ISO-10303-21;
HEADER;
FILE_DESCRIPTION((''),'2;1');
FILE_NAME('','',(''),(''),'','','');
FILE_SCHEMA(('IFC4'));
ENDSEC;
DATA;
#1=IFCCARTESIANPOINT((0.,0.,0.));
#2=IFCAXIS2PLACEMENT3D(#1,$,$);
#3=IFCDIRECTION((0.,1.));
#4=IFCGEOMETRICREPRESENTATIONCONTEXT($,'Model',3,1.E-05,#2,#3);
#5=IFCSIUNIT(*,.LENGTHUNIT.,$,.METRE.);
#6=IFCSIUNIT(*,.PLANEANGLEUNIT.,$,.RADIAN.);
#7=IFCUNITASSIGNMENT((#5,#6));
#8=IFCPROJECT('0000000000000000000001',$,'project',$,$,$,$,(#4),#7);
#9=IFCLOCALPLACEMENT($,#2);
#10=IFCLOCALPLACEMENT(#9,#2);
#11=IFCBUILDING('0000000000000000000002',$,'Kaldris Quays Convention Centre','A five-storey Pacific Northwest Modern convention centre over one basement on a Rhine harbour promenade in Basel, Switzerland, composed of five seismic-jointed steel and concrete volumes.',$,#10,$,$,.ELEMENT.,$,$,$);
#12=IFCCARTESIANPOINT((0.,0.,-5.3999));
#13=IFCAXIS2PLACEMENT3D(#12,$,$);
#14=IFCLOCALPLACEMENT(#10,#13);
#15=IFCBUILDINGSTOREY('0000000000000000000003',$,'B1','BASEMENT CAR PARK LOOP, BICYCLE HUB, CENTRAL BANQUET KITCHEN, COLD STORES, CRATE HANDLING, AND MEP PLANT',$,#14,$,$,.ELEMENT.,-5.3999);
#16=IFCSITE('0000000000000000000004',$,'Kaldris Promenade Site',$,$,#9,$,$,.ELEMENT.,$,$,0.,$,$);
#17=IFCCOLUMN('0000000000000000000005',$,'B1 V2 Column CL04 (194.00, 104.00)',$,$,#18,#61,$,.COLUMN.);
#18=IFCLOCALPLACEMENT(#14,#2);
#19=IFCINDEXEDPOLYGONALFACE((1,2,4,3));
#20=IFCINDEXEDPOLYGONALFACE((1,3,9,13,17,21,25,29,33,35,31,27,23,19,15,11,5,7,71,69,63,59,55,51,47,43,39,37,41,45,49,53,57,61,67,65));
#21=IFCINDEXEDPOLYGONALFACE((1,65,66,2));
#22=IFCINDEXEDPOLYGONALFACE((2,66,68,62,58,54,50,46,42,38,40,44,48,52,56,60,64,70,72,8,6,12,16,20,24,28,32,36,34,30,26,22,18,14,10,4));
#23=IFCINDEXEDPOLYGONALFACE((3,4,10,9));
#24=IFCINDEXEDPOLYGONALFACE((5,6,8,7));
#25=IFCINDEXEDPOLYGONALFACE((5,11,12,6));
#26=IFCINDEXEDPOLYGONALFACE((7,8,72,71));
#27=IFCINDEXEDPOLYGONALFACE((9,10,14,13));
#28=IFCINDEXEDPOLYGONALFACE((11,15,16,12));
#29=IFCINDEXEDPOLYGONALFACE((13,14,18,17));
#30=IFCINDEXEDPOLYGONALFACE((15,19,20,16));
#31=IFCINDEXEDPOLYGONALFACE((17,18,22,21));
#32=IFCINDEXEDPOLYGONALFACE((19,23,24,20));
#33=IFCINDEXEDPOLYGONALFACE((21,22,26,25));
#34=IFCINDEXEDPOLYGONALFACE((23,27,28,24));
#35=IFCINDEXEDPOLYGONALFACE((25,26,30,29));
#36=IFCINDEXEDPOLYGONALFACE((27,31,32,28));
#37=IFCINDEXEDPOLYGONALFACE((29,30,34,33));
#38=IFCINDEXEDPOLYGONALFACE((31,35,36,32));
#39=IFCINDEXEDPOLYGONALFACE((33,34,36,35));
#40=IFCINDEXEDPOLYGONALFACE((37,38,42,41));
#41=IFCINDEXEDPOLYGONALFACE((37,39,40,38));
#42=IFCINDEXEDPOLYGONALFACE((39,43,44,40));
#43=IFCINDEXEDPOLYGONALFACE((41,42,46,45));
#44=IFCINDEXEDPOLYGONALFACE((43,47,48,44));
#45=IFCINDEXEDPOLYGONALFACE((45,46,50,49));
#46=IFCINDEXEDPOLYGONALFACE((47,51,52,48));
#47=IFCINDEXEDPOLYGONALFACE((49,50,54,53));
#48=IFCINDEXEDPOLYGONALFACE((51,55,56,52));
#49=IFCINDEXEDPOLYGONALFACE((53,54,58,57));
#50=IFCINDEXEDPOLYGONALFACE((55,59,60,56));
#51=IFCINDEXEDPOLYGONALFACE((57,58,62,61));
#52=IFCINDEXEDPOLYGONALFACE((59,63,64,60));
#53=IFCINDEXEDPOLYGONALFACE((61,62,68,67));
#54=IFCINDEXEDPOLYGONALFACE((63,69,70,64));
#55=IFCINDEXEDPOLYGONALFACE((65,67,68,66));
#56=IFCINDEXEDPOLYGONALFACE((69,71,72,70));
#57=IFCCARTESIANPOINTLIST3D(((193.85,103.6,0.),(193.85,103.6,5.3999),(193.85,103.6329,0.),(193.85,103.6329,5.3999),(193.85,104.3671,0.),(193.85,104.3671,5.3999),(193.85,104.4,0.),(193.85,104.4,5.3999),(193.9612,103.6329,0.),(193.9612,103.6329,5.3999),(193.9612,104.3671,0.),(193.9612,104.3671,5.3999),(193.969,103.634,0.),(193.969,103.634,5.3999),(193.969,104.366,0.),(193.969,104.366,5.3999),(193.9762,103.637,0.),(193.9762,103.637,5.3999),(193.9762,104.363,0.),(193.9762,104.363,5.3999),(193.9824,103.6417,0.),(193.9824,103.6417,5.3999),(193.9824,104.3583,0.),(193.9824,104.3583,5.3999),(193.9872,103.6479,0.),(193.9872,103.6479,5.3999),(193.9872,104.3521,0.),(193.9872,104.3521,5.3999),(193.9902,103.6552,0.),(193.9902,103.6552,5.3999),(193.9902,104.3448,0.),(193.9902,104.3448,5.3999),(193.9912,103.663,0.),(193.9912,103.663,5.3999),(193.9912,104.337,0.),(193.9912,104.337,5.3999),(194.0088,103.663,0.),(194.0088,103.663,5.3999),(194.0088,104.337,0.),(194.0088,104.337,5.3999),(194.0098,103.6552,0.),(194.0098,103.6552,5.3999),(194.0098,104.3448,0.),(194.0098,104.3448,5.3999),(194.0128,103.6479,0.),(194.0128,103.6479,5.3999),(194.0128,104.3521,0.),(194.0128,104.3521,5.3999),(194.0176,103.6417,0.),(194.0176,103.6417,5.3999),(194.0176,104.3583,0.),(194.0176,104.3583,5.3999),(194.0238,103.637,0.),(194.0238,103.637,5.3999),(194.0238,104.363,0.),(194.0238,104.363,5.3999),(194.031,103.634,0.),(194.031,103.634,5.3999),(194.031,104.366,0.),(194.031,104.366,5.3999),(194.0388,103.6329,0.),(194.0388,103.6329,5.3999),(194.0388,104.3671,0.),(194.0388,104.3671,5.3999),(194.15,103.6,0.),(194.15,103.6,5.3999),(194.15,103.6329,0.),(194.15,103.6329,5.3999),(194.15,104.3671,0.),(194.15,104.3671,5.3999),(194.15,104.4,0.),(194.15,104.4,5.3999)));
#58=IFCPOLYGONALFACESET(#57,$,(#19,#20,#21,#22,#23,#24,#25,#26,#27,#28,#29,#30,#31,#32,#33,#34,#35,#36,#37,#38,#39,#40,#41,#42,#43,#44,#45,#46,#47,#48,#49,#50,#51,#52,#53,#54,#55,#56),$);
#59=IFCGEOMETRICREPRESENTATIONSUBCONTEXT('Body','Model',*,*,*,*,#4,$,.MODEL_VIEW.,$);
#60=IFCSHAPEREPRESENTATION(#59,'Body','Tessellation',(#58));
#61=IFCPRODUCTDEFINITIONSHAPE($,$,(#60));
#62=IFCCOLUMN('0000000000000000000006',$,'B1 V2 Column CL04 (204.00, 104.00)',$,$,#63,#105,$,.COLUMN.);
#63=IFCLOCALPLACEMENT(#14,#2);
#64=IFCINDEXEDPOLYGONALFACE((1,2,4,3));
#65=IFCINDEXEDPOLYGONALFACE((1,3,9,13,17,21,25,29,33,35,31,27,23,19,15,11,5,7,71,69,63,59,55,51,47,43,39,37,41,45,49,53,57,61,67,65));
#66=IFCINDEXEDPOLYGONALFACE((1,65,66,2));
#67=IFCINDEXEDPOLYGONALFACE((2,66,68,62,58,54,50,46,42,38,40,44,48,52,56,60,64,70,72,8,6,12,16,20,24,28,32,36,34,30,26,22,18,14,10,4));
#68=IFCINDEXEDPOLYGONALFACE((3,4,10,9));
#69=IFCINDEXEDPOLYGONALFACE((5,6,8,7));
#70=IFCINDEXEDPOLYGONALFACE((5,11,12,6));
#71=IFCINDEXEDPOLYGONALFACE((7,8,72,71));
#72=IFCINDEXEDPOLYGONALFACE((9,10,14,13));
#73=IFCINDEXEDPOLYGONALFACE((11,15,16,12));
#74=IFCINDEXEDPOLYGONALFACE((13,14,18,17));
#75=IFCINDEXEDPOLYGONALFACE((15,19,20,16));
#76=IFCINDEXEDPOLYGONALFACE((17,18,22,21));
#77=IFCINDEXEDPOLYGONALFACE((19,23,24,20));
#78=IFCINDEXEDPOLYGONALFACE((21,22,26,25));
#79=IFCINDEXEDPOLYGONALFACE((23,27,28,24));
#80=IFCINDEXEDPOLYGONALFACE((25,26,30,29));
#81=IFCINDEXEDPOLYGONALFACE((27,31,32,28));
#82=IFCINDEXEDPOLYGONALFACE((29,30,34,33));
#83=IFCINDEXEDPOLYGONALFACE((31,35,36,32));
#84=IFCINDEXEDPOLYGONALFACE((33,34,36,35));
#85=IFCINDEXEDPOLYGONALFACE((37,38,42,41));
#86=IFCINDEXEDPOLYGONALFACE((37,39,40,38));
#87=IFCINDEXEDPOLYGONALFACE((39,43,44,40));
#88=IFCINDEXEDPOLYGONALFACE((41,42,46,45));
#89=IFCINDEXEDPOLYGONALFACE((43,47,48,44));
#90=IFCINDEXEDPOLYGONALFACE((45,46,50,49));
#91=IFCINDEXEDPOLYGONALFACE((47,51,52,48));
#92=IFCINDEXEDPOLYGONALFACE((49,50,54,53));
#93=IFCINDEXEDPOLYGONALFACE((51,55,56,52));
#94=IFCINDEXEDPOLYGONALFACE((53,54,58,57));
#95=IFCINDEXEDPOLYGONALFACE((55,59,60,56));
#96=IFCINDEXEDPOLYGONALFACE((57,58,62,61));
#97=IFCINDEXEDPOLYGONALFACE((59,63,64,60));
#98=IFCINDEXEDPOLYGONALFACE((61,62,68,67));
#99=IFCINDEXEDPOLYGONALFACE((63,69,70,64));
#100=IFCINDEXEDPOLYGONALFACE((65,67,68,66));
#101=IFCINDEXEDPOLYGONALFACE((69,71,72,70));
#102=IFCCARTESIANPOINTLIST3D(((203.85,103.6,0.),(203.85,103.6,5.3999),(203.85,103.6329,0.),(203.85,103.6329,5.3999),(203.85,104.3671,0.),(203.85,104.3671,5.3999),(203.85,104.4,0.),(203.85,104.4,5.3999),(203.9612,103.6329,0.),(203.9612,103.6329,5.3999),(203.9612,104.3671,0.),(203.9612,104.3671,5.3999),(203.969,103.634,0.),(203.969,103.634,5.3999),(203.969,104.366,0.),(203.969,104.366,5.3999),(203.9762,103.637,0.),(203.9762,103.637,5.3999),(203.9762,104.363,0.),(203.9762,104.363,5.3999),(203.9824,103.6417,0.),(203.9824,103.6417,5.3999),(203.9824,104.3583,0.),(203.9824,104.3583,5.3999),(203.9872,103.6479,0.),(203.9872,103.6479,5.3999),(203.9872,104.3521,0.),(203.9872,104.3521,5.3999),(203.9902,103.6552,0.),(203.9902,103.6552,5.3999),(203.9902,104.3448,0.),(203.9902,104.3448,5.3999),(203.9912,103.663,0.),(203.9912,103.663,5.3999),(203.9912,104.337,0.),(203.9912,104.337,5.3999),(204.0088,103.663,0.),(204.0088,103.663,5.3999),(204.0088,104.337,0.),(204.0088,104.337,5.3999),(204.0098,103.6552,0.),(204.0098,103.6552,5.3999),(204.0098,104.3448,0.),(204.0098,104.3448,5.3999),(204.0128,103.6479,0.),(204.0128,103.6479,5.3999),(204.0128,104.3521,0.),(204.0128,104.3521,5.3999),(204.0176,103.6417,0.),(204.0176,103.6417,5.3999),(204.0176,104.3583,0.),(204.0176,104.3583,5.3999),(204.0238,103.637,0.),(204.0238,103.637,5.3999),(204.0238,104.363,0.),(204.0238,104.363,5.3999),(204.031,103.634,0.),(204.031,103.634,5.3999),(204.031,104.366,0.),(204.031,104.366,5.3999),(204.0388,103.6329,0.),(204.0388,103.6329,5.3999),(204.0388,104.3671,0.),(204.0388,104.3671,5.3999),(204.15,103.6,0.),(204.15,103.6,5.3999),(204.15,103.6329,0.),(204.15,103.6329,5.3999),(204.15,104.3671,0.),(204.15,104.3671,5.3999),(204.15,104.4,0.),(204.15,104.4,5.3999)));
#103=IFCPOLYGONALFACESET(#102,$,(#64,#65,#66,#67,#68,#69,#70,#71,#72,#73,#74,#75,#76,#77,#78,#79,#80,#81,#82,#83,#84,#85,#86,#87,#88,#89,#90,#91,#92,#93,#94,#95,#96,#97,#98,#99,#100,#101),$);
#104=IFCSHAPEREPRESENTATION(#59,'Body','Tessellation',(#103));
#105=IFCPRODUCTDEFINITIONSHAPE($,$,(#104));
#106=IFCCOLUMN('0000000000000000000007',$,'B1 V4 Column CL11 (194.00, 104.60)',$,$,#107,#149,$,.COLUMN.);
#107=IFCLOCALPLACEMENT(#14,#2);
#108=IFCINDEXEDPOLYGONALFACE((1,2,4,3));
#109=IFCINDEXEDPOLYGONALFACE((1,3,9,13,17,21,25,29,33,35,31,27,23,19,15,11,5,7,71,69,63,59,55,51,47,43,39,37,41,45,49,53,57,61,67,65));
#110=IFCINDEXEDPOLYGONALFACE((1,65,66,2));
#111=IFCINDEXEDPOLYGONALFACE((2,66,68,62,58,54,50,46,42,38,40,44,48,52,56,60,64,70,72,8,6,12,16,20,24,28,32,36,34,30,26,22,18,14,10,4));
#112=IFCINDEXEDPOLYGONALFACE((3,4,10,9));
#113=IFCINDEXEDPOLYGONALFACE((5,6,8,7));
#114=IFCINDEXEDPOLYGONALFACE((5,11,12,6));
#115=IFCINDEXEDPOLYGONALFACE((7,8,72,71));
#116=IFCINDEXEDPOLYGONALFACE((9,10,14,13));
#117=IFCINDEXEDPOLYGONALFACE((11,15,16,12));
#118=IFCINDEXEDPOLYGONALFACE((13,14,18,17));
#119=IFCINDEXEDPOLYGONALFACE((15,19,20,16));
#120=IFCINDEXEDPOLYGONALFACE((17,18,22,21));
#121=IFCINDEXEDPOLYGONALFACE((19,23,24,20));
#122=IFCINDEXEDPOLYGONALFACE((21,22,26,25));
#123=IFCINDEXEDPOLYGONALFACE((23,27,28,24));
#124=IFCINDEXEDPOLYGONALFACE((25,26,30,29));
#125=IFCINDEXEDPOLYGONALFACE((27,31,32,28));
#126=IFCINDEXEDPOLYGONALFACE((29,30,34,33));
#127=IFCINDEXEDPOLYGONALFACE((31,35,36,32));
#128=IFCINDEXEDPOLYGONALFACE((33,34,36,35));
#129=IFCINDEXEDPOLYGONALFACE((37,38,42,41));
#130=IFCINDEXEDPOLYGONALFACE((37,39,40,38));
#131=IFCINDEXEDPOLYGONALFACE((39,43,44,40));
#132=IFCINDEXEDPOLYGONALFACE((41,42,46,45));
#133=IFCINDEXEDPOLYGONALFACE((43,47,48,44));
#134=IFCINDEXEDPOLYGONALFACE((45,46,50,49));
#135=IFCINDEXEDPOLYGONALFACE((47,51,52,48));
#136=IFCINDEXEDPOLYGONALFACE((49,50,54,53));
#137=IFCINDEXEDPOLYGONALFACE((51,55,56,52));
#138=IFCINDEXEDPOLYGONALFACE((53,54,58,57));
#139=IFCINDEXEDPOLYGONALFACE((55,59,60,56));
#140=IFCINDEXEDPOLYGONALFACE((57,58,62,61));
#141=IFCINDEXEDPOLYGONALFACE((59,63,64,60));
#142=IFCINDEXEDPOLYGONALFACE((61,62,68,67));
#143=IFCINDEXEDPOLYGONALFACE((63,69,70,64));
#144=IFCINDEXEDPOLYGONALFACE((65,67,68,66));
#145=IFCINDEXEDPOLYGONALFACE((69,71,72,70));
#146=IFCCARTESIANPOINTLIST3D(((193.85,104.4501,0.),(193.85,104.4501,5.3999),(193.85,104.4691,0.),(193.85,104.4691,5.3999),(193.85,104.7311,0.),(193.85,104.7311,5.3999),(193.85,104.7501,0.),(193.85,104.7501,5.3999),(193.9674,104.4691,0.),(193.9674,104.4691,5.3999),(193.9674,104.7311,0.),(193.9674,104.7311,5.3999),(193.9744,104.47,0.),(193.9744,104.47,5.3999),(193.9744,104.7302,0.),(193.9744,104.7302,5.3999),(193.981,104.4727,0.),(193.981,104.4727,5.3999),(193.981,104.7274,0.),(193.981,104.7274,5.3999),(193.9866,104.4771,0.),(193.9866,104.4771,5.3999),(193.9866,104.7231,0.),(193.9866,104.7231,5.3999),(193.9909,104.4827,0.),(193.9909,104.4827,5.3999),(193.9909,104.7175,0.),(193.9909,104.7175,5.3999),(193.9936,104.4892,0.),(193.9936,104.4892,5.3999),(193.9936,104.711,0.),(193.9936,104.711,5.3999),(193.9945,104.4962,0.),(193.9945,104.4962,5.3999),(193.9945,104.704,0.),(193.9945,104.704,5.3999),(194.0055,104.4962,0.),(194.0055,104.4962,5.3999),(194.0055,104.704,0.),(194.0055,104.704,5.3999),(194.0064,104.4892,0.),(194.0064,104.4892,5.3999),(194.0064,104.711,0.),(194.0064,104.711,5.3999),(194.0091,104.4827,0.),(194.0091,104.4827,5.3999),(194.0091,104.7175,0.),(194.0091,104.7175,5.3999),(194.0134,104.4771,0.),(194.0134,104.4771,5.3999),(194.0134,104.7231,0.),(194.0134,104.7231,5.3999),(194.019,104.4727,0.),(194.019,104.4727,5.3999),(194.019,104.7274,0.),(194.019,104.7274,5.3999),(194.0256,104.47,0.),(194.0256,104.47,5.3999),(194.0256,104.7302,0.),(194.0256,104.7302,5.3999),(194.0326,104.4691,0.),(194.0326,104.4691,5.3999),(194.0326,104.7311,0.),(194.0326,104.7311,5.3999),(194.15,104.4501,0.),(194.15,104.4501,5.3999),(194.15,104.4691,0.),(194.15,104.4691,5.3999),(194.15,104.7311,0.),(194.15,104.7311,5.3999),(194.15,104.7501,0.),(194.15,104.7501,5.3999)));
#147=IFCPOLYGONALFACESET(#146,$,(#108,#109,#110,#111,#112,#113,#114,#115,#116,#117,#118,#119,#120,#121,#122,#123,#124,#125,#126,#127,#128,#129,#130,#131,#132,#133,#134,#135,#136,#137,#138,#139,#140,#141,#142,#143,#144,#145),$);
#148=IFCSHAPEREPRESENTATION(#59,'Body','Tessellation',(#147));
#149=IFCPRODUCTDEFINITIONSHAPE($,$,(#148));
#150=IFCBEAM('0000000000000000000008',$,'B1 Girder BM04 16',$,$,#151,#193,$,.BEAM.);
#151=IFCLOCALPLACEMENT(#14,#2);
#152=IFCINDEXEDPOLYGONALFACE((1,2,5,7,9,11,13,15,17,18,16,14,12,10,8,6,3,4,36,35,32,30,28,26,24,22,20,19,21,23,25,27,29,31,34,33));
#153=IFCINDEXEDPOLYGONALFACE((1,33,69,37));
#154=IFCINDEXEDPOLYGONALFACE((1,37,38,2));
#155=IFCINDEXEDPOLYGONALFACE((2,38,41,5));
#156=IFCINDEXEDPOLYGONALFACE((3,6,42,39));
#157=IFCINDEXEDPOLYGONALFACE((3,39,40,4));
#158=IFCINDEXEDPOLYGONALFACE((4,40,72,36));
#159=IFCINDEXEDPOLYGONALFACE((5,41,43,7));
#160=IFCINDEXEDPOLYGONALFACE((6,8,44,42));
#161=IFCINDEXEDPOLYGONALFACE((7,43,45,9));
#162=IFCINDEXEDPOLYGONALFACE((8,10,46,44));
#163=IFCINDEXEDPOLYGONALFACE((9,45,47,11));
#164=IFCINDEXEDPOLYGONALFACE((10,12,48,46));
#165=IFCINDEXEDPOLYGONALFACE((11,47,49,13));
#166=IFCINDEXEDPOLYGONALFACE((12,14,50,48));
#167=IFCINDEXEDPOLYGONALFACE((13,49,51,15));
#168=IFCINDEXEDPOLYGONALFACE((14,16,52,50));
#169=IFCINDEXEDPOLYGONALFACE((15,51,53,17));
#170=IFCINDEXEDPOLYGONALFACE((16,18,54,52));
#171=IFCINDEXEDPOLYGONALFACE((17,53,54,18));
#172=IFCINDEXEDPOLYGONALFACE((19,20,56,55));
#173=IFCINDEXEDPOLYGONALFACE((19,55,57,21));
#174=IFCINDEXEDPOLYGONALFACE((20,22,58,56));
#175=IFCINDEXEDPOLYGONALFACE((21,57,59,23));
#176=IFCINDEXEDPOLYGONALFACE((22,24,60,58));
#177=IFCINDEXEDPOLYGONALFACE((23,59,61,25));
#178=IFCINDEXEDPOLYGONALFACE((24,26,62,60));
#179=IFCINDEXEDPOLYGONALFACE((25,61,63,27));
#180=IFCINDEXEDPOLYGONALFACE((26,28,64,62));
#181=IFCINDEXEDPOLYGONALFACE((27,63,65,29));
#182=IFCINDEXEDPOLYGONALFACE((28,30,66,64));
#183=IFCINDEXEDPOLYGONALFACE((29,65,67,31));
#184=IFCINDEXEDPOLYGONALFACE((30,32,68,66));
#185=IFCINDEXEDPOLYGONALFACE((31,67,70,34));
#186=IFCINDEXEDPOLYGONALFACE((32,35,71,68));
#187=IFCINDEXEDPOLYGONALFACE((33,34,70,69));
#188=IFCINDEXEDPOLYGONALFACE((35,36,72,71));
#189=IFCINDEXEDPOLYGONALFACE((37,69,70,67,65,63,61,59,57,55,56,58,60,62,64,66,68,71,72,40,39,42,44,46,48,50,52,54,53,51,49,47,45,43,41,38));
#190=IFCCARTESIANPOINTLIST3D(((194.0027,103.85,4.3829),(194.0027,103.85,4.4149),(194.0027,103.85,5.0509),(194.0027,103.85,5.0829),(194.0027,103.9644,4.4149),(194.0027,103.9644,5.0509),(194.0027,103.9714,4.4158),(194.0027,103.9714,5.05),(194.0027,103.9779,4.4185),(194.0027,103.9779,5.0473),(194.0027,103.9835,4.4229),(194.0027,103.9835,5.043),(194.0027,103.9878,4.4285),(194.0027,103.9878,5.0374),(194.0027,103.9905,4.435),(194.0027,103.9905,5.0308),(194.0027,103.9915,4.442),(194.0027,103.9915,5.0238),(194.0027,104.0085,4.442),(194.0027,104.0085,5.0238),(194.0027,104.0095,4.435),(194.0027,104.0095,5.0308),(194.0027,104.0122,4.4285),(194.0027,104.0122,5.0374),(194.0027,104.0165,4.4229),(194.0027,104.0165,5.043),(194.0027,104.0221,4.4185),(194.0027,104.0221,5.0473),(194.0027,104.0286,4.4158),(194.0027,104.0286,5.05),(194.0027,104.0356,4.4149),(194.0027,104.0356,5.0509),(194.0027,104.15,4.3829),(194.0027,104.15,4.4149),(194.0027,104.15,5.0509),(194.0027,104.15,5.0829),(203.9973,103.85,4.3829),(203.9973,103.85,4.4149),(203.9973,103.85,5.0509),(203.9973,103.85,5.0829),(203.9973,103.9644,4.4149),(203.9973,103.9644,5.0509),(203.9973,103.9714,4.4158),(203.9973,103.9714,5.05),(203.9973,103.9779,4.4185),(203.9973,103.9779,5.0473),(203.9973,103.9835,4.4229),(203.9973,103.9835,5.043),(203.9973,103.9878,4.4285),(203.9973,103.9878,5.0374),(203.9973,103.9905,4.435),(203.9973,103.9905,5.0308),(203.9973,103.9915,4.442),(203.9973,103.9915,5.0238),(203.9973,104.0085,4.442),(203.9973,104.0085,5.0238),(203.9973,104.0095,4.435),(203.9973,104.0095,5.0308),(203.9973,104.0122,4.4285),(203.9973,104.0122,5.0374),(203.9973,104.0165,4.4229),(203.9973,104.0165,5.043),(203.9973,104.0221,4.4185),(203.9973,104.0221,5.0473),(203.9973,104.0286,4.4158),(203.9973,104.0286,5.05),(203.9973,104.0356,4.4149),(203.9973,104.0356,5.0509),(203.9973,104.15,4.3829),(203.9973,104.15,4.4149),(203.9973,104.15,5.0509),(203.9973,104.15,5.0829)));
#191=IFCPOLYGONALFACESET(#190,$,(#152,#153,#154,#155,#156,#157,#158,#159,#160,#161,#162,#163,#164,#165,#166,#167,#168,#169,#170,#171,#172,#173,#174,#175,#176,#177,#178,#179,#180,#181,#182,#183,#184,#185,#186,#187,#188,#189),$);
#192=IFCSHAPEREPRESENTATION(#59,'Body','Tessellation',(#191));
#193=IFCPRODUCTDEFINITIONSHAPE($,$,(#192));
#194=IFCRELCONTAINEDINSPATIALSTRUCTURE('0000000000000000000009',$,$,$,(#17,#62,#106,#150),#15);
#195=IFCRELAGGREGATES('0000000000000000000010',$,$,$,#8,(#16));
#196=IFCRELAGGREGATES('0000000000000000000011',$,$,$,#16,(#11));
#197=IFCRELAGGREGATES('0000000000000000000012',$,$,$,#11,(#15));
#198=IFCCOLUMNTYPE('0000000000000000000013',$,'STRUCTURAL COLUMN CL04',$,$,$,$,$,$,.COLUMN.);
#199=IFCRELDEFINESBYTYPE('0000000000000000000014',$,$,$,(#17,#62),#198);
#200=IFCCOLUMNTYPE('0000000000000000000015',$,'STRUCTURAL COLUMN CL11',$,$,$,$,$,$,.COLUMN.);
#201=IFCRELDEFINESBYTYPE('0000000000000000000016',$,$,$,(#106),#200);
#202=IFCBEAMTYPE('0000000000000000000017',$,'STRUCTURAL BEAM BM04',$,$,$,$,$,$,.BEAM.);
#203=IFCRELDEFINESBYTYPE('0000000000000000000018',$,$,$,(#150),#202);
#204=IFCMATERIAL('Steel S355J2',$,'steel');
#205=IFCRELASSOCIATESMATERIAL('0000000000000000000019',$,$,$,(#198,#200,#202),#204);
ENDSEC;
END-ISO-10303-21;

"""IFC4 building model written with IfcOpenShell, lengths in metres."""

from ifc_helpers import new_model, si_unit, direction, frame, origin, origin_2d, place, context, subcontext, project, spatial, i_section, extrude, material, material_profile, profile_set, type_object, element, save


model = new_model("IFC4")

# Units and contexts
model_context = context("Model", 3, precision=1e-05, world=origin(), true_north=direction((0.0, 1.0)))
body_context = subcontext(model_context, "Body", "Model", "MODEL_VIEW")
ifc_project = project(units=[si_unit("LENGTHUNIT", "METRE"), si_unit("PLANEANGLEUNIT", "RADIAN")], contexts=[model_context])

# Site, building, storey
site_placement = place(None, origin())
site = spatial("IfcSite", under=ifc_project, at=site_placement, Name="Kaldris Promenade Site", CompositionType="ELEMENT", RefElevation=0.0)
building_placement = place(site_placement, origin())
building = spatial("IfcBuilding", under=site, at=building_placement, Name="Kaldris Quays Convention Centre", Description="A five-storey Pacific Northwest Modern convention centre over one basement on a Rhine harbour promenade in Basel, Switzerland, composed of five seismic-jointed steel and concrete volumes.", CompositionType="ELEMENT")
storey_placement = place(building_placement, frame((0.0, 0.0, -5.3999)))
storey = spatial("IfcBuildingStorey", under=building, at=storey_placement, Name="B1", Description="BASEMENT CAR PARK LOOP, BICYCLE HUB, CENTRAL BANQUET KITCHEN, COLD STORES, CRATE HANDLING, AND MEP PLANT", CompositionType="ELEMENT", Elevation=-5.3999)

# Columns
ifc_material_1 = material(Name="Steel S355J2", Category="steel")
ifc_material_profile_1 = material_profile(ifc_material_1, i_section(OverallWidth=0.3, OverallDepth=0.8, WebThickness=0.0176, FlangeThickness=0.033, FilletRadius=0.03, at=origin_2d()), Name="HEB 800")
ifc_profile_set_1 = profile_set([ifc_material_profile_1], Name="Steel S355J2")
column_type_1 = type_object("IfcColumnType", Name="STRUCTURAL COLUMN CL04", PredefinedType="COLUMN", material=ifc_profile_set_1)
for number, where, z_axis, x_axis, name in (
    (1, (194.0, 104.0, 0.0), (0.0, 0.0, 1.0), (1.0, 0.0, 0.0), "B1 V2 Column CL04 (194.00, 104.00)"),
    (2, (204.0, 104.0, 0.0), (0.0, 0.0, 1.0), (1.0, 0.0, 0.0), "B1 V2 Column CL04 (204.00, 104.00)"),
):
    element("IfcColumn", number, at=place(storey_placement, frame(where, z_axis=z_axis, x_axis=x_axis)), inside=storey, type_object=column_type_1, Name=name, PredefinedType="COLUMN", context=body_context, shape_type="SweptSolid", body=[
        extrude(i_section(OverallWidth=0.3, OverallDepth=0.8, WebThickness=0.0176, FlangeThickness=0.033, FilletRadius=0.03, at=origin_2d()), origin(), (0.0, 0.0, 1.0), 5.3999),
    ])
ifc_material_profile_2 = material_profile(ifc_material_1, i_section(OverallWidth=0.3, OverallDepth=0.3, WebThickness=0.011, FlangeThickness=0.019, FilletRadius=0.0271, at=origin_2d()), Name="HEB 300")
ifc_profile_set_2 = profile_set([ifc_material_profile_2], Name="Steel S355J2")
column_type_2 = type_object("IfcColumnType", Name="STRUCTURAL COLUMN CL11", PredefinedType="COLUMN", material=ifc_profile_set_2)
column_placement = place(storey_placement, frame((194.0, 104.6001, 0.0), z_axis=(0.0, 0.0, 1.0), x_axis=(1.0, 0.0, 0.0)))
element("IfcColumn", 3, at=column_placement, inside=storey, type_object=column_type_2, Name="B1 V4 Column CL11 (194.00, 104.60)", PredefinedType="COLUMN", context=body_context, shape_type="SweptSolid", body=[
    extrude(i_section(OverallWidth=0.3, OverallDepth=0.3, WebThickness=0.011, FlangeThickness=0.019, FilletRadius=0.0271, at=origin_2d()), origin(), (0.0, 0.0, 1.0), 5.3999),
])

# Beam
ifc_material_profile_3 = material_profile(ifc_material_1, i_section(OverallWidth=0.3, OverallDepth=0.7, WebThickness=0.0171, FlangeThickness=0.032, FilletRadius=0.0271, at=origin_2d()), Name="HEB 700")
ifc_profile_set_3 = profile_set([ifc_material_profile_3], Name="Steel S355J2")
beam_type_1 = type_object("IfcBeamType", Name="STRUCTURAL BEAM BM04", PredefinedType="BEAM", material=ifc_profile_set_3)
beam_1_placement = place(storey_placement, frame((194.0027, 104.0, 4.7329), z_axis=(1.0, 0.0, 0.0), x_axis=(0.0, 1.0, 0.0)))
element("IfcBeam", 4, at=beam_1_placement, inside=storey, type_object=beam_type_1, Name="B1 Girder BM04 16", PredefinedType="BEAM", context=body_context, shape_type="SweptSolid", body=[
    extrude(i_section(OverallWidth=0.3, OverallDepth=0.7, WebThickness=0.0171, FlangeThickness=0.032, FilletRadius=0.0271, at=origin_2d()), origin(), (0.0, 0.0, 1.0), 9.9946),
])

save(model, "model.ifc")
